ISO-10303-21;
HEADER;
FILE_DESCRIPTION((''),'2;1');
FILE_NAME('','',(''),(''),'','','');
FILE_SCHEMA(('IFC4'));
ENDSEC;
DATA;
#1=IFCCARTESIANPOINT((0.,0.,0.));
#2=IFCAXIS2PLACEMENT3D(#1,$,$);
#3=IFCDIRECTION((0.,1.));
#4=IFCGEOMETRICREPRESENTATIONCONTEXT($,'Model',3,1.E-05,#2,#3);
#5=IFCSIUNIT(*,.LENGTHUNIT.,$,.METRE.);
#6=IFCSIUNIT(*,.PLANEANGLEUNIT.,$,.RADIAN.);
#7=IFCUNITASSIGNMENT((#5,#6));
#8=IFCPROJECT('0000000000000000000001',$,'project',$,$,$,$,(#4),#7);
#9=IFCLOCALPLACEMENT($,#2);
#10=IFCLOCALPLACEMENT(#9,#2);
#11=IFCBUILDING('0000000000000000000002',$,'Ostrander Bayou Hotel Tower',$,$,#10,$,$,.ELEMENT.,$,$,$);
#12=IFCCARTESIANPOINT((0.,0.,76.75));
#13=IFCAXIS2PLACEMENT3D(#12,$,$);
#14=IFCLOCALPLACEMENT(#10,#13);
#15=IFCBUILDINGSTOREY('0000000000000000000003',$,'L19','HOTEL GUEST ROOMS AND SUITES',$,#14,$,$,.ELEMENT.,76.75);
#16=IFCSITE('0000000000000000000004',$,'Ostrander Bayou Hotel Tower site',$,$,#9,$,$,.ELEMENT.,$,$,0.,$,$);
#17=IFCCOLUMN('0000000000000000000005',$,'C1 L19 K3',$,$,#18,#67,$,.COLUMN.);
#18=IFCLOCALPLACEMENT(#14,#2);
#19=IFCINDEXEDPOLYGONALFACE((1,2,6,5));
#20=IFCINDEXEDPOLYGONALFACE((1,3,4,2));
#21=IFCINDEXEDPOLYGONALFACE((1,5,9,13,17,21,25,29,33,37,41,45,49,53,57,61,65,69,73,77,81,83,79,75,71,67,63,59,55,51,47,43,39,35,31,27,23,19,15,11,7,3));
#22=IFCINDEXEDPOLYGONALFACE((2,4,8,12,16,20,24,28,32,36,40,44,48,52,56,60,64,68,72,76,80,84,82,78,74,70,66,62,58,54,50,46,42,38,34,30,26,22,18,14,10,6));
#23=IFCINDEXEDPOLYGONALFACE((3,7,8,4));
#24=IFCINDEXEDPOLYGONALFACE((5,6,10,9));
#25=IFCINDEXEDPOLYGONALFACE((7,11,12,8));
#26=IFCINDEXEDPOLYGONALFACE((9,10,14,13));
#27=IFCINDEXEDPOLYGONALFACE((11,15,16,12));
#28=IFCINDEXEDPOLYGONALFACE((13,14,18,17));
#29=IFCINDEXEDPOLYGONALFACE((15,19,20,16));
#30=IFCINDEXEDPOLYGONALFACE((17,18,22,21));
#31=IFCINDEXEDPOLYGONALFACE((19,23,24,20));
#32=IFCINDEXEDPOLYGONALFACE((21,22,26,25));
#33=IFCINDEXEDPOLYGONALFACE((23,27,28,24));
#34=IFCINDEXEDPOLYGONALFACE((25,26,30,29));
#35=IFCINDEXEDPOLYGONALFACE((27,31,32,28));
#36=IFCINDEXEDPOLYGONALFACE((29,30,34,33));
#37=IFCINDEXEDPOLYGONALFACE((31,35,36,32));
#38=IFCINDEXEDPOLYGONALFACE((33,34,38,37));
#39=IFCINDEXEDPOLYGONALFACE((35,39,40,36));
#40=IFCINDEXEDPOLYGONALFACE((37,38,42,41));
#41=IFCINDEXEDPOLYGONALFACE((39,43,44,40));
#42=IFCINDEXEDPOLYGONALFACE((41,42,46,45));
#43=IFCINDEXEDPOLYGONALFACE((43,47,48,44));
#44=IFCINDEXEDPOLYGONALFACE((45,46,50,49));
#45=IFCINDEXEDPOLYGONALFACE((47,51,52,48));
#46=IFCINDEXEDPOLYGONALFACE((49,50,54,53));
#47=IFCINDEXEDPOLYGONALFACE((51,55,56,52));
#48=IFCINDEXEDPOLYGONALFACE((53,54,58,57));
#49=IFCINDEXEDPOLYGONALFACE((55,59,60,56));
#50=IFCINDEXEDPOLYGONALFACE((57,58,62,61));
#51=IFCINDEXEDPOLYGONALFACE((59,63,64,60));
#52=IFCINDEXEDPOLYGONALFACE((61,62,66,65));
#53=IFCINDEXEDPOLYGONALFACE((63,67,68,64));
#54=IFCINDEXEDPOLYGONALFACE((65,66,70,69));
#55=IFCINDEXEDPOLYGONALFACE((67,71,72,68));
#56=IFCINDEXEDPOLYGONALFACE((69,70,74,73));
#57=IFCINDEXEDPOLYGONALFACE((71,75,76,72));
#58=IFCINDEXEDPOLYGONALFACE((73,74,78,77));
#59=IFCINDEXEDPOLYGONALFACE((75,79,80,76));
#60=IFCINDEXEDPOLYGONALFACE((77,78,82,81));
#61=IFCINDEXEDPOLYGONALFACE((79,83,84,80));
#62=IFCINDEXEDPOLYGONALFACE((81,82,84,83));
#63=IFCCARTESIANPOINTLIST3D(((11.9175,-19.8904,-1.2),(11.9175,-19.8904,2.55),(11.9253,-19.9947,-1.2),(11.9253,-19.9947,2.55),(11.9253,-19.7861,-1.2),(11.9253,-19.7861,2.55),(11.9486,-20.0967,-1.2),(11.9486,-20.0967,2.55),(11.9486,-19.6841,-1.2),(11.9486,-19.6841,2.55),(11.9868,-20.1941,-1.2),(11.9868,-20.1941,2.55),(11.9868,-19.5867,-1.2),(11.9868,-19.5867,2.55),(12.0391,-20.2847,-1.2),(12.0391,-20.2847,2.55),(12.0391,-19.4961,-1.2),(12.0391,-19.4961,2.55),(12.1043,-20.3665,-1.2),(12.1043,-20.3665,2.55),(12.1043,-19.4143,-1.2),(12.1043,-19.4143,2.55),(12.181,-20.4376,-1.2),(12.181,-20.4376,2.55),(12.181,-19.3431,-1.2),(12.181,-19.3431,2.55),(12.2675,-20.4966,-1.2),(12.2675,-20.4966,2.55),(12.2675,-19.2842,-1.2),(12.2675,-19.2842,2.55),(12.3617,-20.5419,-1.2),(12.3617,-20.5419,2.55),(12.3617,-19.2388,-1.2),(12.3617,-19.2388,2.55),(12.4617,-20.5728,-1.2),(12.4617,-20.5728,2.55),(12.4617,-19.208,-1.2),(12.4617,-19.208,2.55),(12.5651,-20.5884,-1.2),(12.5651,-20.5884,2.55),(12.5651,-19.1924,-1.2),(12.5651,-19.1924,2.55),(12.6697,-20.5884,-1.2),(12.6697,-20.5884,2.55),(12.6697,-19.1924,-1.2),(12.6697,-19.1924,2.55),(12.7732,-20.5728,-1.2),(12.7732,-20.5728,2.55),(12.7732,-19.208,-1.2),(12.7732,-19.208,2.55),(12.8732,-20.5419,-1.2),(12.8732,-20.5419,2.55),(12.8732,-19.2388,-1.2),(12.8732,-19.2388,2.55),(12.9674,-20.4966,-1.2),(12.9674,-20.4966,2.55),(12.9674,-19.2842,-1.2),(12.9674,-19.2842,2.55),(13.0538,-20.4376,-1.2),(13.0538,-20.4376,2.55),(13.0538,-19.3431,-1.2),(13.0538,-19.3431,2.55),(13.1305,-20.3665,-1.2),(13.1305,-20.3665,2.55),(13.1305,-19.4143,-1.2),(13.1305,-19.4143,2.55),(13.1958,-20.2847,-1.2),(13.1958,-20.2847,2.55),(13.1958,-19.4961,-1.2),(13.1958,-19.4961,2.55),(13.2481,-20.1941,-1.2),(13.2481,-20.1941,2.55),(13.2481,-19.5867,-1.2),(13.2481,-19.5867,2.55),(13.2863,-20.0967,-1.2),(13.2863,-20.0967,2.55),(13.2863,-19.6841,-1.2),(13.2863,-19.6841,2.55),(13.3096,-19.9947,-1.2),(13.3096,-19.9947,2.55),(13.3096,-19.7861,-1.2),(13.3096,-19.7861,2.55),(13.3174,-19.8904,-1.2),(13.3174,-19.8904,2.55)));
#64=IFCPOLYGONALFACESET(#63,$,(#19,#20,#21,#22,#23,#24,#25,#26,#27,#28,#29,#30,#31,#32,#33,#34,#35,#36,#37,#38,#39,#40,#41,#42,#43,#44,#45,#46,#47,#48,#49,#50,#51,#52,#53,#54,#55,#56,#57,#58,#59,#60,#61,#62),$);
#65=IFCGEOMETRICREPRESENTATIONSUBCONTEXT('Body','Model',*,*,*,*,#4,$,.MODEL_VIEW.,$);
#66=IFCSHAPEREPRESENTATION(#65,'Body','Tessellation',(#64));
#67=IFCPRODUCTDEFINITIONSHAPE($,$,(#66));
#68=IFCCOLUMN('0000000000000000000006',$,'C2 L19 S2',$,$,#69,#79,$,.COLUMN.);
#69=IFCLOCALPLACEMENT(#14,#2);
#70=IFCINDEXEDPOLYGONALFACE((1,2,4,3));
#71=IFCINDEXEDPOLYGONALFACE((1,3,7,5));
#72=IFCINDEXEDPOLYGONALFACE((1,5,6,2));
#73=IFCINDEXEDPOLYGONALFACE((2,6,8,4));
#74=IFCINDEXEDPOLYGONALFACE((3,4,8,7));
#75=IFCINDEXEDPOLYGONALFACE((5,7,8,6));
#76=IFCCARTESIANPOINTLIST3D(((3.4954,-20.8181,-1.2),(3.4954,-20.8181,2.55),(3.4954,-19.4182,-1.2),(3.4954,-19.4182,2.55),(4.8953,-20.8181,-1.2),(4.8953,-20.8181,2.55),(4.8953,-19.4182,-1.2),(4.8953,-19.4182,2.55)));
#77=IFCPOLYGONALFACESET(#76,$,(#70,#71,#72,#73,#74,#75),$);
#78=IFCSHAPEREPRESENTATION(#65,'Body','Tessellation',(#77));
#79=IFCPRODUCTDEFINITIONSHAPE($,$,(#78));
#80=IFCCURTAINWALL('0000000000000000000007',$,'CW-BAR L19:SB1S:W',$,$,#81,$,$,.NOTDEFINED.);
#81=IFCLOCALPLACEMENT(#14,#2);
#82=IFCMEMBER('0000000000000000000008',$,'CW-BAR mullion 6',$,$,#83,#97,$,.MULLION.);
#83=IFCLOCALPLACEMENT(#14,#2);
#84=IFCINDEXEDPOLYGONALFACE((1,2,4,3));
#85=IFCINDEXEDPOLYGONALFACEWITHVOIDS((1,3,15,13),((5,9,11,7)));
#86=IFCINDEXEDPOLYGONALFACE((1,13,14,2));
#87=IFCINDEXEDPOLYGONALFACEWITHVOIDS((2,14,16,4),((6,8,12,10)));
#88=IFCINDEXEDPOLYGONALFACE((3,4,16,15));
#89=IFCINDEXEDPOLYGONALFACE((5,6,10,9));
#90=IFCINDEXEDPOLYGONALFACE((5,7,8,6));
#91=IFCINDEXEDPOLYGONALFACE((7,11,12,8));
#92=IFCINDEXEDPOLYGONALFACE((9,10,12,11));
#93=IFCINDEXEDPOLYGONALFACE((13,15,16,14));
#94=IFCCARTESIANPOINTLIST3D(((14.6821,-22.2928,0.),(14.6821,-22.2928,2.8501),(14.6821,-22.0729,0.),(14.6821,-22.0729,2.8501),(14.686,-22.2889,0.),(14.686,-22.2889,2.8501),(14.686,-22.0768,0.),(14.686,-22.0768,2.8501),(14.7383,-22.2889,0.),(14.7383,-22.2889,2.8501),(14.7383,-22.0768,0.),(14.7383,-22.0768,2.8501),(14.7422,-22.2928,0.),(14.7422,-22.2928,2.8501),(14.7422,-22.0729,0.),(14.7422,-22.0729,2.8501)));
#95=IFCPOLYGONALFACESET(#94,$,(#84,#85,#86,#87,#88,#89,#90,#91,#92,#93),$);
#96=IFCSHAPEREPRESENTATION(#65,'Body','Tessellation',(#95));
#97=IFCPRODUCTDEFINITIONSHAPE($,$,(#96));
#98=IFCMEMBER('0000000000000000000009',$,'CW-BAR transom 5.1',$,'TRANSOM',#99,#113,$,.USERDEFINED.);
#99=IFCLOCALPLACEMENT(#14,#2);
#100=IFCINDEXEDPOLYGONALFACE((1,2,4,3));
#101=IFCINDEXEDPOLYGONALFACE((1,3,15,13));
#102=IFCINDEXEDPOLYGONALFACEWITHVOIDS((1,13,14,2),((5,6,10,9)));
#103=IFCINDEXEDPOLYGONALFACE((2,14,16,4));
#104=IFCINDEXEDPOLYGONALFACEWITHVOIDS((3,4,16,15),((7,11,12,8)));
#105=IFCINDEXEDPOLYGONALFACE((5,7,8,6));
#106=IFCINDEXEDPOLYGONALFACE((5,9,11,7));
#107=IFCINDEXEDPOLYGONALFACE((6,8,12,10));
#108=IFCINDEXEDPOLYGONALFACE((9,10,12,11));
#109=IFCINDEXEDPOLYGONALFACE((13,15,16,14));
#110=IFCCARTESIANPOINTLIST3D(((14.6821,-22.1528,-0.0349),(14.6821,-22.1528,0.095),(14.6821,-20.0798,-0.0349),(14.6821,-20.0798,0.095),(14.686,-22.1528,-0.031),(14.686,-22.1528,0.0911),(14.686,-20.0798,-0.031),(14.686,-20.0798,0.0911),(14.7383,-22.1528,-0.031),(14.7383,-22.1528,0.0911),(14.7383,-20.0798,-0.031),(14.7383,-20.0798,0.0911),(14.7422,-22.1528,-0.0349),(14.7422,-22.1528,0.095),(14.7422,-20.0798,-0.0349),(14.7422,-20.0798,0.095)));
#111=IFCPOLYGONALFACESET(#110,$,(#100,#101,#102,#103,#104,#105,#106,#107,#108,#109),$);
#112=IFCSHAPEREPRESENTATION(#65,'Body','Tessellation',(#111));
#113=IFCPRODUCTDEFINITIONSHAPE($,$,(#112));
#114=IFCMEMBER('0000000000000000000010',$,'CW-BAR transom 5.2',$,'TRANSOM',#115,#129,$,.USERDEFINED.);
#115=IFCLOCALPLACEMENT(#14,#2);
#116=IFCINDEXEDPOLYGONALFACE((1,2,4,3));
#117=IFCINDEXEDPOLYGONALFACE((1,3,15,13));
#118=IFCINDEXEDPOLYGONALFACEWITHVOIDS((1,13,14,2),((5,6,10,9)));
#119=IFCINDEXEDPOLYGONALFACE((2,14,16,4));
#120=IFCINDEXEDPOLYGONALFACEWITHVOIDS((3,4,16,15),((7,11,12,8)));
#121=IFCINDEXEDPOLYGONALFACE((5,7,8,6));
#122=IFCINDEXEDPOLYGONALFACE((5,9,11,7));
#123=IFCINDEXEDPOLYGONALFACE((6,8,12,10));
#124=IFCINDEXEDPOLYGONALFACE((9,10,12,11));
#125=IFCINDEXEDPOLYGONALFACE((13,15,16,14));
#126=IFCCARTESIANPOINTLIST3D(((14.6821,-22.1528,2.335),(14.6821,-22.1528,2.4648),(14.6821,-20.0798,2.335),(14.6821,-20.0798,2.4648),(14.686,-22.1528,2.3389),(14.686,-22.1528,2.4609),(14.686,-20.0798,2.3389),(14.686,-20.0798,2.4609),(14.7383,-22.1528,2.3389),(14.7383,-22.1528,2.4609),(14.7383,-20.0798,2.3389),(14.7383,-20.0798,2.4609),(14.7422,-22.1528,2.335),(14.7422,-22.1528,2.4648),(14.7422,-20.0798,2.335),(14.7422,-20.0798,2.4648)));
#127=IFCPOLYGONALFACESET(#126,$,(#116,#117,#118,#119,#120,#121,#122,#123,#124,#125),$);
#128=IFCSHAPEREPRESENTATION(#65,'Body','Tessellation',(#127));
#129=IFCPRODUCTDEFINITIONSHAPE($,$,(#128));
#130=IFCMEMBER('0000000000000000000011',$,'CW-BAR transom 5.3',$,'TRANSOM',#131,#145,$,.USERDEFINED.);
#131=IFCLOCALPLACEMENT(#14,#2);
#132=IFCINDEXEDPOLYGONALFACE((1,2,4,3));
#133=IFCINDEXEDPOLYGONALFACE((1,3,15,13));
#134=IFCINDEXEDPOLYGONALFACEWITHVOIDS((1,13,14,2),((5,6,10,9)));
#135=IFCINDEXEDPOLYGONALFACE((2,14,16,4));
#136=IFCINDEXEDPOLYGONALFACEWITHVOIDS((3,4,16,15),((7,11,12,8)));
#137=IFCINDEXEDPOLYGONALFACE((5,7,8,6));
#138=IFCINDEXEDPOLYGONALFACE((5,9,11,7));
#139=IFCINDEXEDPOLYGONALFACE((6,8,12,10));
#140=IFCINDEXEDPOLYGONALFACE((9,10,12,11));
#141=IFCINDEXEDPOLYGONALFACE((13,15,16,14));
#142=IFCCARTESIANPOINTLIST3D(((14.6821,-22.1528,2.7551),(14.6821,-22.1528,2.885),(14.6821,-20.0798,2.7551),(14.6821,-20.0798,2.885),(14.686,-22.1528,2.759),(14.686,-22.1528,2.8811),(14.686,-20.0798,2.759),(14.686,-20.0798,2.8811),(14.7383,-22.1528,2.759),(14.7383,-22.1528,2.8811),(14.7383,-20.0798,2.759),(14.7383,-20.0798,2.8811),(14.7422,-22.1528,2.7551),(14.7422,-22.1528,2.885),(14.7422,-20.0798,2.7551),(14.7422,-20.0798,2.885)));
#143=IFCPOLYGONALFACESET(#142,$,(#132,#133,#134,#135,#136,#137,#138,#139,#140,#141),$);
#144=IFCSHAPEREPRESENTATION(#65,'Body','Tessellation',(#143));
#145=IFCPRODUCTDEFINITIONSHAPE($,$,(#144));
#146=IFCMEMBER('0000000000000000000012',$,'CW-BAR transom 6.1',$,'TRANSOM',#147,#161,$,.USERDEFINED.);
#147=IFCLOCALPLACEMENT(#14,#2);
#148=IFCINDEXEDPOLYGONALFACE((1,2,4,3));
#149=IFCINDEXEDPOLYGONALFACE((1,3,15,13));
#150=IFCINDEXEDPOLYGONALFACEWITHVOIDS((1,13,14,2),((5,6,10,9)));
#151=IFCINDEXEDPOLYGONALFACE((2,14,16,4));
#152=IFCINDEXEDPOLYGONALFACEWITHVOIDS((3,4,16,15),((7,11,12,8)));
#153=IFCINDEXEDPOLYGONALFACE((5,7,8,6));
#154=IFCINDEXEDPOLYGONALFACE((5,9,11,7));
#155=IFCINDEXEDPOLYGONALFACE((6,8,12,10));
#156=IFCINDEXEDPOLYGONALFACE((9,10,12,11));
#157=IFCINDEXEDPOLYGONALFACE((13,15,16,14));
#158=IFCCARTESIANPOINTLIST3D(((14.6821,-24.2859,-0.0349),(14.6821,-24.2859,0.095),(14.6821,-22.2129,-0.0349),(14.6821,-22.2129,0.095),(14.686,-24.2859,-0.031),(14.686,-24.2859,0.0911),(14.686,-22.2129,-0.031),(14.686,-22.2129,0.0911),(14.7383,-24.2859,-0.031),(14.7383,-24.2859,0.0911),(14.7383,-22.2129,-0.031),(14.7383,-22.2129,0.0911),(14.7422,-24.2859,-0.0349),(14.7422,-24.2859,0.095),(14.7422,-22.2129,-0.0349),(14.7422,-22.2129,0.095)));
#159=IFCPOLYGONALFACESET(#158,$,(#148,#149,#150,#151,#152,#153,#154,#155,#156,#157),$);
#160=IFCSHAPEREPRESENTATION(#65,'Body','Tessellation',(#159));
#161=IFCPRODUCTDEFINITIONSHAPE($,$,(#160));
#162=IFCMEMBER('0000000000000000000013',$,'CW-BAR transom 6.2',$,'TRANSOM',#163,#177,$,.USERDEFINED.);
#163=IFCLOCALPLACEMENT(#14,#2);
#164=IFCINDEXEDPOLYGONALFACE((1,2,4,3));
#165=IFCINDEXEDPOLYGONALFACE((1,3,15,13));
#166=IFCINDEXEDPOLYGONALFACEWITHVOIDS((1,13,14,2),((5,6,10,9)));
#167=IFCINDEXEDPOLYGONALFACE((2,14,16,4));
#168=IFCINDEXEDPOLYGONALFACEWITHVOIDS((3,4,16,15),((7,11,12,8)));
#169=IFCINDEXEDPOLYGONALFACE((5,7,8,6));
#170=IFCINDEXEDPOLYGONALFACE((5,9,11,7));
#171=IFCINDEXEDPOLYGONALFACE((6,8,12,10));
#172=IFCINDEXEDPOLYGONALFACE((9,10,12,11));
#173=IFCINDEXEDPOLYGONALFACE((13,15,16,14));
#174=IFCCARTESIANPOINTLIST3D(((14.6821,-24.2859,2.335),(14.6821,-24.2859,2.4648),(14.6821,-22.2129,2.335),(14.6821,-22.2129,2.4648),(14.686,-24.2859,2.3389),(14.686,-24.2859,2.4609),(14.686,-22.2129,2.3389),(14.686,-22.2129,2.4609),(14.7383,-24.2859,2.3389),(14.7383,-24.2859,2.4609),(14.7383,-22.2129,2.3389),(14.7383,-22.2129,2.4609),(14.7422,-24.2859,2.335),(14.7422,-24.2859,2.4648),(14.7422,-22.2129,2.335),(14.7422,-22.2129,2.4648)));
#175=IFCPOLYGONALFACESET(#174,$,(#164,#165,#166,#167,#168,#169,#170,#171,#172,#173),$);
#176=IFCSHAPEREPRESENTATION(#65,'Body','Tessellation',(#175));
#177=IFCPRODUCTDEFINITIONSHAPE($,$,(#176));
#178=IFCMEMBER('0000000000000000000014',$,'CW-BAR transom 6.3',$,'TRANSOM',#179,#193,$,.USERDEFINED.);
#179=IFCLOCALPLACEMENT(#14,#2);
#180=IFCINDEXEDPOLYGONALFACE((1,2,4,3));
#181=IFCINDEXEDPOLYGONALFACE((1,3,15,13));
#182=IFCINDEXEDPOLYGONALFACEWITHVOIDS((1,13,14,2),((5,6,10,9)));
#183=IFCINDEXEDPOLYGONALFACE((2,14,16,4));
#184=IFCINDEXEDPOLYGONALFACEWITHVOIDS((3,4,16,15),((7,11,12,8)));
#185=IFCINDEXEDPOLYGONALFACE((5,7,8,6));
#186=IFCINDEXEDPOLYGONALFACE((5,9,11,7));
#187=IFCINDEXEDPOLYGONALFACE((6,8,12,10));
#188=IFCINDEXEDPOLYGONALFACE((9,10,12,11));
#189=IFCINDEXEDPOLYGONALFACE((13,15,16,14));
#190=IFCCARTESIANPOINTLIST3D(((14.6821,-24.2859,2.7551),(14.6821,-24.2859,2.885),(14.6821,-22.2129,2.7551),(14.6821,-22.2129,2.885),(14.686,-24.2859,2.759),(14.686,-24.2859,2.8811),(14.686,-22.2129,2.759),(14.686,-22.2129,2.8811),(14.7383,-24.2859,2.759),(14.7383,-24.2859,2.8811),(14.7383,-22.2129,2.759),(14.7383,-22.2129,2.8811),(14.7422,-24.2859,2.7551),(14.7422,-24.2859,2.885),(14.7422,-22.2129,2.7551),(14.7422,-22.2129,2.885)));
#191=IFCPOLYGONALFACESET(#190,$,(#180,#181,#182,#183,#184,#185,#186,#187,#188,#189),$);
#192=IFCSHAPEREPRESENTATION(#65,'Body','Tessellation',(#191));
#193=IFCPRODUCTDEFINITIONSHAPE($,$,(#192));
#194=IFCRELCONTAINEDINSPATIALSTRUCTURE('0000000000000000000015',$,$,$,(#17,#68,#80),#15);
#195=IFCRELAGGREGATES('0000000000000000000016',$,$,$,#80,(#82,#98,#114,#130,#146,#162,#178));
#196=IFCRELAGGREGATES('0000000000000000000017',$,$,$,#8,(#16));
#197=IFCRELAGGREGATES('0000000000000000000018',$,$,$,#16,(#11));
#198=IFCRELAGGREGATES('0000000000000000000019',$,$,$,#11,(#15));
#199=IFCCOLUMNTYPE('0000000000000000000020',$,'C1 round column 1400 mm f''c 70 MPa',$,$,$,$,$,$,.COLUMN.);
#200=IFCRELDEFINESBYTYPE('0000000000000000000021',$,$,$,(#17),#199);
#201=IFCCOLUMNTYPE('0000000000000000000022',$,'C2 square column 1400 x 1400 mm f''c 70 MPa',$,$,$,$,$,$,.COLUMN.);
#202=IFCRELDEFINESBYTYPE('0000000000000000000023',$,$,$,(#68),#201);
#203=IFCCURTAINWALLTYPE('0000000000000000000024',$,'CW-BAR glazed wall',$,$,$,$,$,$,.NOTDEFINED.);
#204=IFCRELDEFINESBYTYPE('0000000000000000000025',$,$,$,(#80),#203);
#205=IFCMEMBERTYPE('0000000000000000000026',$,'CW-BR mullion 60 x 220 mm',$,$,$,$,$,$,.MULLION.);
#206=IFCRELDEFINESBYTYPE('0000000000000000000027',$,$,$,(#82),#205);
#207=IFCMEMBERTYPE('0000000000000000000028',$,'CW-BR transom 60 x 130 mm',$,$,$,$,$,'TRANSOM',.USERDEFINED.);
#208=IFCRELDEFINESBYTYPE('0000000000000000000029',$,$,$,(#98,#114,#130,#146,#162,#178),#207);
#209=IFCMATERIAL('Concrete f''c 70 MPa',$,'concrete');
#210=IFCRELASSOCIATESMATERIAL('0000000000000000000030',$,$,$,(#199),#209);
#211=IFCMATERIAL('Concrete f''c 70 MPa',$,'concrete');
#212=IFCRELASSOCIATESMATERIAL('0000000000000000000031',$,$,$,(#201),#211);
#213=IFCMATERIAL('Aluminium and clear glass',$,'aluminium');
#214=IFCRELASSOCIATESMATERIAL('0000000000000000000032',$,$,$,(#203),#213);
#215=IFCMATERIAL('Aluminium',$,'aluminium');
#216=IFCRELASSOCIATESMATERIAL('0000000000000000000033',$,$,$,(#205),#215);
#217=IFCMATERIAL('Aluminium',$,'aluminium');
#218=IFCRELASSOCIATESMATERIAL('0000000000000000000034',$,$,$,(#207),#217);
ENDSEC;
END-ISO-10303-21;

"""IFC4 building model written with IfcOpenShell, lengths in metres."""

from ifc_helpers import new_model, si_unit, direction, frame, origin, origin_2d, place, context, subcontext, project, spatial, rectangle, hollow_rectangle, circle, extrude, material, material_profile, profile_set, type_object, element, aggregate, save


model = new_model("IFC4")

# Units and contexts
model_context = context("Model", 3, precision=1e-05, world=origin(), true_north=direction((0.0, 1.0)))
body_context = subcontext(model_context, "Body", "Model", "MODEL_VIEW")
ifc_project = project(units=[si_unit("LENGTHUNIT", "METRE"), si_unit("PLANEANGLEUNIT", "RADIAN")], contexts=[model_context])

# Site, building, storey
site_placement = place(None, origin())
site = spatial("IfcSite", under=ifc_project, at=site_placement, Name="Ostrander Bayou Hotel Tower site", CompositionType="ELEMENT", RefElevation=0.0)
building_placement = place(site_placement, origin())
building = spatial("IfcBuilding", under=site, at=building_placement, Name="Ostrander Bayou Hotel Tower", CompositionType="ELEMENT")
storey_placement = place(building_placement, frame((0.0, 0.0, 76.75)))
storey = spatial("IfcBuildingStorey", under=building, at=storey_placement, Name="L19", Description="HOTEL GUEST ROOMS AND SUITES", CompositionType="ELEMENT", Elevation=76.75)

# Columns
ifc_material_1 = material(Name="Concrete f'c 70 MPa", Category="concrete")
ifc_material_profile_1 = material_profile(ifc_material_1, circle(Radius=0.7, at=origin_2d()))
ifc_profile_set_1 = profile_set([ifc_material_profile_1], Name="Concrete f'c 70 MPa")
column_type_1 = type_object("IfcColumnType", Name="C1 round column 1400 mm f'c 70 MPa", PredefinedType="COLUMN", material=ifc_profile_set_1)
column_1_placement = place(storey_placement, frame((12.6174, -19.8904, -1.2), z_axis=(0.0, 0.0, 1.0), x_axis=(1.0, 0.0, 0.0)))
element("IfcColumn", 1, at=column_1_placement, inside=storey, type_object=column_type_1, Name="C1 L19 K3", PredefinedType="COLUMN", context=body_context, shape_type="SweptSolid", body=[
    extrude(circle(Radius=0.7, at=origin_2d()), origin(), (0.0, 0.0, 1.0), 3.75),
])
ifc_material_2 = material(Name="Concrete f'c 70 MPa", Category="concrete")
ifc_material_profile_2 = material_profile(ifc_material_2, rectangle(XDim=1.3999, YDim=1.3999, at=origin_2d()))
ifc_profile_set_2 = profile_set([ifc_material_profile_2], Name="Concrete f'c 70 MPa")
column_type_2 = type_object("IfcColumnType", Name="C2 square column 1400 x 1400 mm f'c 70 MPa", PredefinedType="COLUMN", material=ifc_profile_set_2)
column_2_placement = place(storey_placement, frame((4.1953, -20.1182, -1.2), z_axis=(0.0, 0.0, 1.0), x_axis=(-1.0, 0.0, 0.0)))
element("IfcColumn", 2, at=column_2_placement, inside=storey, type_object=column_type_2, Name="C2 L19 S2", PredefinedType="COLUMN", context=body_context, shape_type="SweptSolid", body=[
    extrude(rectangle(XDim=1.3999, YDim=1.3999, at=origin_2d()), origin(), (0.0, 0.0, 1.0), 3.75),
])

# Curtain wall, members
ifc_material_3 = material(Name="Aluminium and clear glass", Category="aluminium")
curtain_wall_type = type_object("IfcCurtainWallType", Name="CW-BAR glazed wall", PredefinedType="NOTDEFINED", material=ifc_material_3)
curtain_wall_placement = place(storey_placement, origin())
curtain_wall = element("IfcCurtainWall", 3, at=curtain_wall_placement, inside=storey, type_object=curtain_wall_type, Name="CW-BAR L19:SB1S:W", PredefinedType="NOTDEFINED")
ifc_material_4 = material(Name="Aluminium", Category="aluminium")
ifc_material_profile_3 = material_profile(ifc_material_4, hollow_rectangle(XDim=0.0601, YDim=0.22, WallThickness=0.0039, at=origin_2d()))
ifc_profile_set_3 = profile_set([ifc_material_profile_3], Name="Aluminium")
member_type_1 = type_object("IfcMemberType", Name="CW-BR mullion 60 x 220 mm", PredefinedType="MULLION", material=ifc_profile_set_3)
member_1_placement = place(storey_placement, frame((14.7122, -22.1829, 0.0), z_axis=(0.0, 0.0, 1.0), x_axis=(1.0, 0.0, 0.0)))
member_1 = element("IfcMember", 4, at=member_1_placement, type_object=member_type_1, Name="CW-BAR mullion 6", PredefinedType="MULLION", context=body_context, shape_type="SweptSolid", body=[
    extrude(hollow_rectangle(XDim=0.0601, YDim=0.22, WallThickness=0.0039, at=origin_2d()), origin(), (0.0, 0.0, 1.0), 2.8501),
])
ifc_material_5 = material(Name="Aluminium", Category="aluminium")
ifc_material_profile_4 = material_profile(ifc_material_5, hollow_rectangle(XDim=0.0601, YDim=0.1299, WallThickness=0.0039, at=origin_2d()))
ifc_profile_set_4 = profile_set([ifc_material_profile_4], Name="Aluminium")
member_type_2 = type_object("IfcMemberType", Name="CW-BR transom 60 x 130 mm", ElementType="TRANSOM", PredefinedType="USERDEFINED", material=ifc_profile_set_4)
member_2_placement = place(storey_placement, frame((14.7122, -20.0798, 0.03), z_axis=(0.0, -1.0, 0.0), x_axis=(1.0, 0.0, 0.0)))
member_2 = element("IfcMember", 5, at=member_2_placement, type_object=member_type_2, Name="CW-BAR transom 5.1", ObjectType="TRANSOM", PredefinedType="USERDEFINED", context=body_context, shape_type="SweptSolid", body=[
    extrude(hollow_rectangle(XDim=0.0601, YDim=0.1299, WallThickness=0.0039, at=origin_2d()), origin(), (0.0, 0.0, 1.0), 2.073),
])
member_3_placement = place(storey_placement, frame((14.7122, -20.0798, 2.3999), z_axis=(0.0, -1.0, 0.0), x_axis=(1.0, 0.0, 0.0)))
member_3 = element("IfcMember", 6, at=member_3_placement, type_object=member_type_2, Name="CW-BAR transom 5.2", ObjectType="TRANSOM", PredefinedType="USERDEFINED", context=body_context, shape_type="SweptSolid", body=[
    extrude(hollow_rectangle(XDim=0.0601, YDim=0.1299, WallThickness=0.0039, at=origin_2d()), origin(), (0.0, 0.0, 1.0), 2.073),
])
member_4_placement = place(storey_placement, frame((14.7122, -20.0798, 2.8201), z_axis=(0.0, -1.0, 0.0), x_axis=(1.0, 0.0, 0.0)))
member_4 = element("IfcMember", 7, at=member_4_placement, type_object=member_type_2, Name="CW-BAR transom 5.3", ObjectType="TRANSOM", PredefinedType="USERDEFINED", context=body_context, shape_type="SweptSolid", body=[
    extrude(hollow_rectangle(XDim=0.0601, YDim=0.1299, WallThickness=0.0039, at=origin_2d()), origin(), (0.0, 0.0, 1.0), 2.073),
])
member_5_placement = place(storey_placement, frame((14.7122, -22.2129, 0.03), z_axis=(0.0, -1.0, 0.0), x_axis=(1.0, 0.0, 0.0)))
member_5 = element("IfcMember", 8, at=member_5_placement, type_object=member_type_2, Name="CW-BAR transom 6.1", ObjectType="TRANSOM", PredefinedType="USERDEFINED", context=body_context, shape_type="SweptSolid", body=[
    extrude(hollow_rectangle(XDim=0.0601, YDim=0.1299, WallThickness=0.0039, at=origin_2d()), origin(), (0.0, 0.0, 1.0), 2.073),
])
member_6_placement = place(storey_placement, frame((14.7122, -22.2129, 2.3999), z_axis=(0.0, -1.0, 0.0), x_axis=(1.0, 0.0, 0.0)))
member_6 = element("IfcMember", 9, at=member_6_placement, type_object=member_type_2, Name="CW-BAR transom 6.2", ObjectType="TRANSOM", PredefinedType="USERDEFINED", context=body_context, shape_type="SweptSolid", body=[
    extrude(hollow_rectangle(XDim=0.0601, YDim=0.1299, WallThickness=0.0039, at=origin_2d()), origin(), (0.0, 0.0, 1.0), 2.073),
])
member_7_placement = place(storey_placement, frame((14.7122, -22.2129, 2.8201), z_axis=(0.0, -1.0, 0.0), x_axis=(1.0, 0.0, 0.0)))
member_7 = element("IfcMember", 10, at=member_7_placement, type_object=member_type_2, Name="CW-BAR transom 6.3", ObjectType="TRANSOM", PredefinedType="USERDEFINED", context=body_context, shape_type="SweptSolid", body=[
    extrude(hollow_rectangle(XDim=0.0601, YDim=0.1299, WallThickness=0.0039, at=origin_2d()), origin(), (0.0, 0.0, 1.0), 2.073),
])

aggregate(curtain_wall, [member_1, member_2, member_3, member_4, member_5, member_6, member_7])

save(model, "model.ifc")
